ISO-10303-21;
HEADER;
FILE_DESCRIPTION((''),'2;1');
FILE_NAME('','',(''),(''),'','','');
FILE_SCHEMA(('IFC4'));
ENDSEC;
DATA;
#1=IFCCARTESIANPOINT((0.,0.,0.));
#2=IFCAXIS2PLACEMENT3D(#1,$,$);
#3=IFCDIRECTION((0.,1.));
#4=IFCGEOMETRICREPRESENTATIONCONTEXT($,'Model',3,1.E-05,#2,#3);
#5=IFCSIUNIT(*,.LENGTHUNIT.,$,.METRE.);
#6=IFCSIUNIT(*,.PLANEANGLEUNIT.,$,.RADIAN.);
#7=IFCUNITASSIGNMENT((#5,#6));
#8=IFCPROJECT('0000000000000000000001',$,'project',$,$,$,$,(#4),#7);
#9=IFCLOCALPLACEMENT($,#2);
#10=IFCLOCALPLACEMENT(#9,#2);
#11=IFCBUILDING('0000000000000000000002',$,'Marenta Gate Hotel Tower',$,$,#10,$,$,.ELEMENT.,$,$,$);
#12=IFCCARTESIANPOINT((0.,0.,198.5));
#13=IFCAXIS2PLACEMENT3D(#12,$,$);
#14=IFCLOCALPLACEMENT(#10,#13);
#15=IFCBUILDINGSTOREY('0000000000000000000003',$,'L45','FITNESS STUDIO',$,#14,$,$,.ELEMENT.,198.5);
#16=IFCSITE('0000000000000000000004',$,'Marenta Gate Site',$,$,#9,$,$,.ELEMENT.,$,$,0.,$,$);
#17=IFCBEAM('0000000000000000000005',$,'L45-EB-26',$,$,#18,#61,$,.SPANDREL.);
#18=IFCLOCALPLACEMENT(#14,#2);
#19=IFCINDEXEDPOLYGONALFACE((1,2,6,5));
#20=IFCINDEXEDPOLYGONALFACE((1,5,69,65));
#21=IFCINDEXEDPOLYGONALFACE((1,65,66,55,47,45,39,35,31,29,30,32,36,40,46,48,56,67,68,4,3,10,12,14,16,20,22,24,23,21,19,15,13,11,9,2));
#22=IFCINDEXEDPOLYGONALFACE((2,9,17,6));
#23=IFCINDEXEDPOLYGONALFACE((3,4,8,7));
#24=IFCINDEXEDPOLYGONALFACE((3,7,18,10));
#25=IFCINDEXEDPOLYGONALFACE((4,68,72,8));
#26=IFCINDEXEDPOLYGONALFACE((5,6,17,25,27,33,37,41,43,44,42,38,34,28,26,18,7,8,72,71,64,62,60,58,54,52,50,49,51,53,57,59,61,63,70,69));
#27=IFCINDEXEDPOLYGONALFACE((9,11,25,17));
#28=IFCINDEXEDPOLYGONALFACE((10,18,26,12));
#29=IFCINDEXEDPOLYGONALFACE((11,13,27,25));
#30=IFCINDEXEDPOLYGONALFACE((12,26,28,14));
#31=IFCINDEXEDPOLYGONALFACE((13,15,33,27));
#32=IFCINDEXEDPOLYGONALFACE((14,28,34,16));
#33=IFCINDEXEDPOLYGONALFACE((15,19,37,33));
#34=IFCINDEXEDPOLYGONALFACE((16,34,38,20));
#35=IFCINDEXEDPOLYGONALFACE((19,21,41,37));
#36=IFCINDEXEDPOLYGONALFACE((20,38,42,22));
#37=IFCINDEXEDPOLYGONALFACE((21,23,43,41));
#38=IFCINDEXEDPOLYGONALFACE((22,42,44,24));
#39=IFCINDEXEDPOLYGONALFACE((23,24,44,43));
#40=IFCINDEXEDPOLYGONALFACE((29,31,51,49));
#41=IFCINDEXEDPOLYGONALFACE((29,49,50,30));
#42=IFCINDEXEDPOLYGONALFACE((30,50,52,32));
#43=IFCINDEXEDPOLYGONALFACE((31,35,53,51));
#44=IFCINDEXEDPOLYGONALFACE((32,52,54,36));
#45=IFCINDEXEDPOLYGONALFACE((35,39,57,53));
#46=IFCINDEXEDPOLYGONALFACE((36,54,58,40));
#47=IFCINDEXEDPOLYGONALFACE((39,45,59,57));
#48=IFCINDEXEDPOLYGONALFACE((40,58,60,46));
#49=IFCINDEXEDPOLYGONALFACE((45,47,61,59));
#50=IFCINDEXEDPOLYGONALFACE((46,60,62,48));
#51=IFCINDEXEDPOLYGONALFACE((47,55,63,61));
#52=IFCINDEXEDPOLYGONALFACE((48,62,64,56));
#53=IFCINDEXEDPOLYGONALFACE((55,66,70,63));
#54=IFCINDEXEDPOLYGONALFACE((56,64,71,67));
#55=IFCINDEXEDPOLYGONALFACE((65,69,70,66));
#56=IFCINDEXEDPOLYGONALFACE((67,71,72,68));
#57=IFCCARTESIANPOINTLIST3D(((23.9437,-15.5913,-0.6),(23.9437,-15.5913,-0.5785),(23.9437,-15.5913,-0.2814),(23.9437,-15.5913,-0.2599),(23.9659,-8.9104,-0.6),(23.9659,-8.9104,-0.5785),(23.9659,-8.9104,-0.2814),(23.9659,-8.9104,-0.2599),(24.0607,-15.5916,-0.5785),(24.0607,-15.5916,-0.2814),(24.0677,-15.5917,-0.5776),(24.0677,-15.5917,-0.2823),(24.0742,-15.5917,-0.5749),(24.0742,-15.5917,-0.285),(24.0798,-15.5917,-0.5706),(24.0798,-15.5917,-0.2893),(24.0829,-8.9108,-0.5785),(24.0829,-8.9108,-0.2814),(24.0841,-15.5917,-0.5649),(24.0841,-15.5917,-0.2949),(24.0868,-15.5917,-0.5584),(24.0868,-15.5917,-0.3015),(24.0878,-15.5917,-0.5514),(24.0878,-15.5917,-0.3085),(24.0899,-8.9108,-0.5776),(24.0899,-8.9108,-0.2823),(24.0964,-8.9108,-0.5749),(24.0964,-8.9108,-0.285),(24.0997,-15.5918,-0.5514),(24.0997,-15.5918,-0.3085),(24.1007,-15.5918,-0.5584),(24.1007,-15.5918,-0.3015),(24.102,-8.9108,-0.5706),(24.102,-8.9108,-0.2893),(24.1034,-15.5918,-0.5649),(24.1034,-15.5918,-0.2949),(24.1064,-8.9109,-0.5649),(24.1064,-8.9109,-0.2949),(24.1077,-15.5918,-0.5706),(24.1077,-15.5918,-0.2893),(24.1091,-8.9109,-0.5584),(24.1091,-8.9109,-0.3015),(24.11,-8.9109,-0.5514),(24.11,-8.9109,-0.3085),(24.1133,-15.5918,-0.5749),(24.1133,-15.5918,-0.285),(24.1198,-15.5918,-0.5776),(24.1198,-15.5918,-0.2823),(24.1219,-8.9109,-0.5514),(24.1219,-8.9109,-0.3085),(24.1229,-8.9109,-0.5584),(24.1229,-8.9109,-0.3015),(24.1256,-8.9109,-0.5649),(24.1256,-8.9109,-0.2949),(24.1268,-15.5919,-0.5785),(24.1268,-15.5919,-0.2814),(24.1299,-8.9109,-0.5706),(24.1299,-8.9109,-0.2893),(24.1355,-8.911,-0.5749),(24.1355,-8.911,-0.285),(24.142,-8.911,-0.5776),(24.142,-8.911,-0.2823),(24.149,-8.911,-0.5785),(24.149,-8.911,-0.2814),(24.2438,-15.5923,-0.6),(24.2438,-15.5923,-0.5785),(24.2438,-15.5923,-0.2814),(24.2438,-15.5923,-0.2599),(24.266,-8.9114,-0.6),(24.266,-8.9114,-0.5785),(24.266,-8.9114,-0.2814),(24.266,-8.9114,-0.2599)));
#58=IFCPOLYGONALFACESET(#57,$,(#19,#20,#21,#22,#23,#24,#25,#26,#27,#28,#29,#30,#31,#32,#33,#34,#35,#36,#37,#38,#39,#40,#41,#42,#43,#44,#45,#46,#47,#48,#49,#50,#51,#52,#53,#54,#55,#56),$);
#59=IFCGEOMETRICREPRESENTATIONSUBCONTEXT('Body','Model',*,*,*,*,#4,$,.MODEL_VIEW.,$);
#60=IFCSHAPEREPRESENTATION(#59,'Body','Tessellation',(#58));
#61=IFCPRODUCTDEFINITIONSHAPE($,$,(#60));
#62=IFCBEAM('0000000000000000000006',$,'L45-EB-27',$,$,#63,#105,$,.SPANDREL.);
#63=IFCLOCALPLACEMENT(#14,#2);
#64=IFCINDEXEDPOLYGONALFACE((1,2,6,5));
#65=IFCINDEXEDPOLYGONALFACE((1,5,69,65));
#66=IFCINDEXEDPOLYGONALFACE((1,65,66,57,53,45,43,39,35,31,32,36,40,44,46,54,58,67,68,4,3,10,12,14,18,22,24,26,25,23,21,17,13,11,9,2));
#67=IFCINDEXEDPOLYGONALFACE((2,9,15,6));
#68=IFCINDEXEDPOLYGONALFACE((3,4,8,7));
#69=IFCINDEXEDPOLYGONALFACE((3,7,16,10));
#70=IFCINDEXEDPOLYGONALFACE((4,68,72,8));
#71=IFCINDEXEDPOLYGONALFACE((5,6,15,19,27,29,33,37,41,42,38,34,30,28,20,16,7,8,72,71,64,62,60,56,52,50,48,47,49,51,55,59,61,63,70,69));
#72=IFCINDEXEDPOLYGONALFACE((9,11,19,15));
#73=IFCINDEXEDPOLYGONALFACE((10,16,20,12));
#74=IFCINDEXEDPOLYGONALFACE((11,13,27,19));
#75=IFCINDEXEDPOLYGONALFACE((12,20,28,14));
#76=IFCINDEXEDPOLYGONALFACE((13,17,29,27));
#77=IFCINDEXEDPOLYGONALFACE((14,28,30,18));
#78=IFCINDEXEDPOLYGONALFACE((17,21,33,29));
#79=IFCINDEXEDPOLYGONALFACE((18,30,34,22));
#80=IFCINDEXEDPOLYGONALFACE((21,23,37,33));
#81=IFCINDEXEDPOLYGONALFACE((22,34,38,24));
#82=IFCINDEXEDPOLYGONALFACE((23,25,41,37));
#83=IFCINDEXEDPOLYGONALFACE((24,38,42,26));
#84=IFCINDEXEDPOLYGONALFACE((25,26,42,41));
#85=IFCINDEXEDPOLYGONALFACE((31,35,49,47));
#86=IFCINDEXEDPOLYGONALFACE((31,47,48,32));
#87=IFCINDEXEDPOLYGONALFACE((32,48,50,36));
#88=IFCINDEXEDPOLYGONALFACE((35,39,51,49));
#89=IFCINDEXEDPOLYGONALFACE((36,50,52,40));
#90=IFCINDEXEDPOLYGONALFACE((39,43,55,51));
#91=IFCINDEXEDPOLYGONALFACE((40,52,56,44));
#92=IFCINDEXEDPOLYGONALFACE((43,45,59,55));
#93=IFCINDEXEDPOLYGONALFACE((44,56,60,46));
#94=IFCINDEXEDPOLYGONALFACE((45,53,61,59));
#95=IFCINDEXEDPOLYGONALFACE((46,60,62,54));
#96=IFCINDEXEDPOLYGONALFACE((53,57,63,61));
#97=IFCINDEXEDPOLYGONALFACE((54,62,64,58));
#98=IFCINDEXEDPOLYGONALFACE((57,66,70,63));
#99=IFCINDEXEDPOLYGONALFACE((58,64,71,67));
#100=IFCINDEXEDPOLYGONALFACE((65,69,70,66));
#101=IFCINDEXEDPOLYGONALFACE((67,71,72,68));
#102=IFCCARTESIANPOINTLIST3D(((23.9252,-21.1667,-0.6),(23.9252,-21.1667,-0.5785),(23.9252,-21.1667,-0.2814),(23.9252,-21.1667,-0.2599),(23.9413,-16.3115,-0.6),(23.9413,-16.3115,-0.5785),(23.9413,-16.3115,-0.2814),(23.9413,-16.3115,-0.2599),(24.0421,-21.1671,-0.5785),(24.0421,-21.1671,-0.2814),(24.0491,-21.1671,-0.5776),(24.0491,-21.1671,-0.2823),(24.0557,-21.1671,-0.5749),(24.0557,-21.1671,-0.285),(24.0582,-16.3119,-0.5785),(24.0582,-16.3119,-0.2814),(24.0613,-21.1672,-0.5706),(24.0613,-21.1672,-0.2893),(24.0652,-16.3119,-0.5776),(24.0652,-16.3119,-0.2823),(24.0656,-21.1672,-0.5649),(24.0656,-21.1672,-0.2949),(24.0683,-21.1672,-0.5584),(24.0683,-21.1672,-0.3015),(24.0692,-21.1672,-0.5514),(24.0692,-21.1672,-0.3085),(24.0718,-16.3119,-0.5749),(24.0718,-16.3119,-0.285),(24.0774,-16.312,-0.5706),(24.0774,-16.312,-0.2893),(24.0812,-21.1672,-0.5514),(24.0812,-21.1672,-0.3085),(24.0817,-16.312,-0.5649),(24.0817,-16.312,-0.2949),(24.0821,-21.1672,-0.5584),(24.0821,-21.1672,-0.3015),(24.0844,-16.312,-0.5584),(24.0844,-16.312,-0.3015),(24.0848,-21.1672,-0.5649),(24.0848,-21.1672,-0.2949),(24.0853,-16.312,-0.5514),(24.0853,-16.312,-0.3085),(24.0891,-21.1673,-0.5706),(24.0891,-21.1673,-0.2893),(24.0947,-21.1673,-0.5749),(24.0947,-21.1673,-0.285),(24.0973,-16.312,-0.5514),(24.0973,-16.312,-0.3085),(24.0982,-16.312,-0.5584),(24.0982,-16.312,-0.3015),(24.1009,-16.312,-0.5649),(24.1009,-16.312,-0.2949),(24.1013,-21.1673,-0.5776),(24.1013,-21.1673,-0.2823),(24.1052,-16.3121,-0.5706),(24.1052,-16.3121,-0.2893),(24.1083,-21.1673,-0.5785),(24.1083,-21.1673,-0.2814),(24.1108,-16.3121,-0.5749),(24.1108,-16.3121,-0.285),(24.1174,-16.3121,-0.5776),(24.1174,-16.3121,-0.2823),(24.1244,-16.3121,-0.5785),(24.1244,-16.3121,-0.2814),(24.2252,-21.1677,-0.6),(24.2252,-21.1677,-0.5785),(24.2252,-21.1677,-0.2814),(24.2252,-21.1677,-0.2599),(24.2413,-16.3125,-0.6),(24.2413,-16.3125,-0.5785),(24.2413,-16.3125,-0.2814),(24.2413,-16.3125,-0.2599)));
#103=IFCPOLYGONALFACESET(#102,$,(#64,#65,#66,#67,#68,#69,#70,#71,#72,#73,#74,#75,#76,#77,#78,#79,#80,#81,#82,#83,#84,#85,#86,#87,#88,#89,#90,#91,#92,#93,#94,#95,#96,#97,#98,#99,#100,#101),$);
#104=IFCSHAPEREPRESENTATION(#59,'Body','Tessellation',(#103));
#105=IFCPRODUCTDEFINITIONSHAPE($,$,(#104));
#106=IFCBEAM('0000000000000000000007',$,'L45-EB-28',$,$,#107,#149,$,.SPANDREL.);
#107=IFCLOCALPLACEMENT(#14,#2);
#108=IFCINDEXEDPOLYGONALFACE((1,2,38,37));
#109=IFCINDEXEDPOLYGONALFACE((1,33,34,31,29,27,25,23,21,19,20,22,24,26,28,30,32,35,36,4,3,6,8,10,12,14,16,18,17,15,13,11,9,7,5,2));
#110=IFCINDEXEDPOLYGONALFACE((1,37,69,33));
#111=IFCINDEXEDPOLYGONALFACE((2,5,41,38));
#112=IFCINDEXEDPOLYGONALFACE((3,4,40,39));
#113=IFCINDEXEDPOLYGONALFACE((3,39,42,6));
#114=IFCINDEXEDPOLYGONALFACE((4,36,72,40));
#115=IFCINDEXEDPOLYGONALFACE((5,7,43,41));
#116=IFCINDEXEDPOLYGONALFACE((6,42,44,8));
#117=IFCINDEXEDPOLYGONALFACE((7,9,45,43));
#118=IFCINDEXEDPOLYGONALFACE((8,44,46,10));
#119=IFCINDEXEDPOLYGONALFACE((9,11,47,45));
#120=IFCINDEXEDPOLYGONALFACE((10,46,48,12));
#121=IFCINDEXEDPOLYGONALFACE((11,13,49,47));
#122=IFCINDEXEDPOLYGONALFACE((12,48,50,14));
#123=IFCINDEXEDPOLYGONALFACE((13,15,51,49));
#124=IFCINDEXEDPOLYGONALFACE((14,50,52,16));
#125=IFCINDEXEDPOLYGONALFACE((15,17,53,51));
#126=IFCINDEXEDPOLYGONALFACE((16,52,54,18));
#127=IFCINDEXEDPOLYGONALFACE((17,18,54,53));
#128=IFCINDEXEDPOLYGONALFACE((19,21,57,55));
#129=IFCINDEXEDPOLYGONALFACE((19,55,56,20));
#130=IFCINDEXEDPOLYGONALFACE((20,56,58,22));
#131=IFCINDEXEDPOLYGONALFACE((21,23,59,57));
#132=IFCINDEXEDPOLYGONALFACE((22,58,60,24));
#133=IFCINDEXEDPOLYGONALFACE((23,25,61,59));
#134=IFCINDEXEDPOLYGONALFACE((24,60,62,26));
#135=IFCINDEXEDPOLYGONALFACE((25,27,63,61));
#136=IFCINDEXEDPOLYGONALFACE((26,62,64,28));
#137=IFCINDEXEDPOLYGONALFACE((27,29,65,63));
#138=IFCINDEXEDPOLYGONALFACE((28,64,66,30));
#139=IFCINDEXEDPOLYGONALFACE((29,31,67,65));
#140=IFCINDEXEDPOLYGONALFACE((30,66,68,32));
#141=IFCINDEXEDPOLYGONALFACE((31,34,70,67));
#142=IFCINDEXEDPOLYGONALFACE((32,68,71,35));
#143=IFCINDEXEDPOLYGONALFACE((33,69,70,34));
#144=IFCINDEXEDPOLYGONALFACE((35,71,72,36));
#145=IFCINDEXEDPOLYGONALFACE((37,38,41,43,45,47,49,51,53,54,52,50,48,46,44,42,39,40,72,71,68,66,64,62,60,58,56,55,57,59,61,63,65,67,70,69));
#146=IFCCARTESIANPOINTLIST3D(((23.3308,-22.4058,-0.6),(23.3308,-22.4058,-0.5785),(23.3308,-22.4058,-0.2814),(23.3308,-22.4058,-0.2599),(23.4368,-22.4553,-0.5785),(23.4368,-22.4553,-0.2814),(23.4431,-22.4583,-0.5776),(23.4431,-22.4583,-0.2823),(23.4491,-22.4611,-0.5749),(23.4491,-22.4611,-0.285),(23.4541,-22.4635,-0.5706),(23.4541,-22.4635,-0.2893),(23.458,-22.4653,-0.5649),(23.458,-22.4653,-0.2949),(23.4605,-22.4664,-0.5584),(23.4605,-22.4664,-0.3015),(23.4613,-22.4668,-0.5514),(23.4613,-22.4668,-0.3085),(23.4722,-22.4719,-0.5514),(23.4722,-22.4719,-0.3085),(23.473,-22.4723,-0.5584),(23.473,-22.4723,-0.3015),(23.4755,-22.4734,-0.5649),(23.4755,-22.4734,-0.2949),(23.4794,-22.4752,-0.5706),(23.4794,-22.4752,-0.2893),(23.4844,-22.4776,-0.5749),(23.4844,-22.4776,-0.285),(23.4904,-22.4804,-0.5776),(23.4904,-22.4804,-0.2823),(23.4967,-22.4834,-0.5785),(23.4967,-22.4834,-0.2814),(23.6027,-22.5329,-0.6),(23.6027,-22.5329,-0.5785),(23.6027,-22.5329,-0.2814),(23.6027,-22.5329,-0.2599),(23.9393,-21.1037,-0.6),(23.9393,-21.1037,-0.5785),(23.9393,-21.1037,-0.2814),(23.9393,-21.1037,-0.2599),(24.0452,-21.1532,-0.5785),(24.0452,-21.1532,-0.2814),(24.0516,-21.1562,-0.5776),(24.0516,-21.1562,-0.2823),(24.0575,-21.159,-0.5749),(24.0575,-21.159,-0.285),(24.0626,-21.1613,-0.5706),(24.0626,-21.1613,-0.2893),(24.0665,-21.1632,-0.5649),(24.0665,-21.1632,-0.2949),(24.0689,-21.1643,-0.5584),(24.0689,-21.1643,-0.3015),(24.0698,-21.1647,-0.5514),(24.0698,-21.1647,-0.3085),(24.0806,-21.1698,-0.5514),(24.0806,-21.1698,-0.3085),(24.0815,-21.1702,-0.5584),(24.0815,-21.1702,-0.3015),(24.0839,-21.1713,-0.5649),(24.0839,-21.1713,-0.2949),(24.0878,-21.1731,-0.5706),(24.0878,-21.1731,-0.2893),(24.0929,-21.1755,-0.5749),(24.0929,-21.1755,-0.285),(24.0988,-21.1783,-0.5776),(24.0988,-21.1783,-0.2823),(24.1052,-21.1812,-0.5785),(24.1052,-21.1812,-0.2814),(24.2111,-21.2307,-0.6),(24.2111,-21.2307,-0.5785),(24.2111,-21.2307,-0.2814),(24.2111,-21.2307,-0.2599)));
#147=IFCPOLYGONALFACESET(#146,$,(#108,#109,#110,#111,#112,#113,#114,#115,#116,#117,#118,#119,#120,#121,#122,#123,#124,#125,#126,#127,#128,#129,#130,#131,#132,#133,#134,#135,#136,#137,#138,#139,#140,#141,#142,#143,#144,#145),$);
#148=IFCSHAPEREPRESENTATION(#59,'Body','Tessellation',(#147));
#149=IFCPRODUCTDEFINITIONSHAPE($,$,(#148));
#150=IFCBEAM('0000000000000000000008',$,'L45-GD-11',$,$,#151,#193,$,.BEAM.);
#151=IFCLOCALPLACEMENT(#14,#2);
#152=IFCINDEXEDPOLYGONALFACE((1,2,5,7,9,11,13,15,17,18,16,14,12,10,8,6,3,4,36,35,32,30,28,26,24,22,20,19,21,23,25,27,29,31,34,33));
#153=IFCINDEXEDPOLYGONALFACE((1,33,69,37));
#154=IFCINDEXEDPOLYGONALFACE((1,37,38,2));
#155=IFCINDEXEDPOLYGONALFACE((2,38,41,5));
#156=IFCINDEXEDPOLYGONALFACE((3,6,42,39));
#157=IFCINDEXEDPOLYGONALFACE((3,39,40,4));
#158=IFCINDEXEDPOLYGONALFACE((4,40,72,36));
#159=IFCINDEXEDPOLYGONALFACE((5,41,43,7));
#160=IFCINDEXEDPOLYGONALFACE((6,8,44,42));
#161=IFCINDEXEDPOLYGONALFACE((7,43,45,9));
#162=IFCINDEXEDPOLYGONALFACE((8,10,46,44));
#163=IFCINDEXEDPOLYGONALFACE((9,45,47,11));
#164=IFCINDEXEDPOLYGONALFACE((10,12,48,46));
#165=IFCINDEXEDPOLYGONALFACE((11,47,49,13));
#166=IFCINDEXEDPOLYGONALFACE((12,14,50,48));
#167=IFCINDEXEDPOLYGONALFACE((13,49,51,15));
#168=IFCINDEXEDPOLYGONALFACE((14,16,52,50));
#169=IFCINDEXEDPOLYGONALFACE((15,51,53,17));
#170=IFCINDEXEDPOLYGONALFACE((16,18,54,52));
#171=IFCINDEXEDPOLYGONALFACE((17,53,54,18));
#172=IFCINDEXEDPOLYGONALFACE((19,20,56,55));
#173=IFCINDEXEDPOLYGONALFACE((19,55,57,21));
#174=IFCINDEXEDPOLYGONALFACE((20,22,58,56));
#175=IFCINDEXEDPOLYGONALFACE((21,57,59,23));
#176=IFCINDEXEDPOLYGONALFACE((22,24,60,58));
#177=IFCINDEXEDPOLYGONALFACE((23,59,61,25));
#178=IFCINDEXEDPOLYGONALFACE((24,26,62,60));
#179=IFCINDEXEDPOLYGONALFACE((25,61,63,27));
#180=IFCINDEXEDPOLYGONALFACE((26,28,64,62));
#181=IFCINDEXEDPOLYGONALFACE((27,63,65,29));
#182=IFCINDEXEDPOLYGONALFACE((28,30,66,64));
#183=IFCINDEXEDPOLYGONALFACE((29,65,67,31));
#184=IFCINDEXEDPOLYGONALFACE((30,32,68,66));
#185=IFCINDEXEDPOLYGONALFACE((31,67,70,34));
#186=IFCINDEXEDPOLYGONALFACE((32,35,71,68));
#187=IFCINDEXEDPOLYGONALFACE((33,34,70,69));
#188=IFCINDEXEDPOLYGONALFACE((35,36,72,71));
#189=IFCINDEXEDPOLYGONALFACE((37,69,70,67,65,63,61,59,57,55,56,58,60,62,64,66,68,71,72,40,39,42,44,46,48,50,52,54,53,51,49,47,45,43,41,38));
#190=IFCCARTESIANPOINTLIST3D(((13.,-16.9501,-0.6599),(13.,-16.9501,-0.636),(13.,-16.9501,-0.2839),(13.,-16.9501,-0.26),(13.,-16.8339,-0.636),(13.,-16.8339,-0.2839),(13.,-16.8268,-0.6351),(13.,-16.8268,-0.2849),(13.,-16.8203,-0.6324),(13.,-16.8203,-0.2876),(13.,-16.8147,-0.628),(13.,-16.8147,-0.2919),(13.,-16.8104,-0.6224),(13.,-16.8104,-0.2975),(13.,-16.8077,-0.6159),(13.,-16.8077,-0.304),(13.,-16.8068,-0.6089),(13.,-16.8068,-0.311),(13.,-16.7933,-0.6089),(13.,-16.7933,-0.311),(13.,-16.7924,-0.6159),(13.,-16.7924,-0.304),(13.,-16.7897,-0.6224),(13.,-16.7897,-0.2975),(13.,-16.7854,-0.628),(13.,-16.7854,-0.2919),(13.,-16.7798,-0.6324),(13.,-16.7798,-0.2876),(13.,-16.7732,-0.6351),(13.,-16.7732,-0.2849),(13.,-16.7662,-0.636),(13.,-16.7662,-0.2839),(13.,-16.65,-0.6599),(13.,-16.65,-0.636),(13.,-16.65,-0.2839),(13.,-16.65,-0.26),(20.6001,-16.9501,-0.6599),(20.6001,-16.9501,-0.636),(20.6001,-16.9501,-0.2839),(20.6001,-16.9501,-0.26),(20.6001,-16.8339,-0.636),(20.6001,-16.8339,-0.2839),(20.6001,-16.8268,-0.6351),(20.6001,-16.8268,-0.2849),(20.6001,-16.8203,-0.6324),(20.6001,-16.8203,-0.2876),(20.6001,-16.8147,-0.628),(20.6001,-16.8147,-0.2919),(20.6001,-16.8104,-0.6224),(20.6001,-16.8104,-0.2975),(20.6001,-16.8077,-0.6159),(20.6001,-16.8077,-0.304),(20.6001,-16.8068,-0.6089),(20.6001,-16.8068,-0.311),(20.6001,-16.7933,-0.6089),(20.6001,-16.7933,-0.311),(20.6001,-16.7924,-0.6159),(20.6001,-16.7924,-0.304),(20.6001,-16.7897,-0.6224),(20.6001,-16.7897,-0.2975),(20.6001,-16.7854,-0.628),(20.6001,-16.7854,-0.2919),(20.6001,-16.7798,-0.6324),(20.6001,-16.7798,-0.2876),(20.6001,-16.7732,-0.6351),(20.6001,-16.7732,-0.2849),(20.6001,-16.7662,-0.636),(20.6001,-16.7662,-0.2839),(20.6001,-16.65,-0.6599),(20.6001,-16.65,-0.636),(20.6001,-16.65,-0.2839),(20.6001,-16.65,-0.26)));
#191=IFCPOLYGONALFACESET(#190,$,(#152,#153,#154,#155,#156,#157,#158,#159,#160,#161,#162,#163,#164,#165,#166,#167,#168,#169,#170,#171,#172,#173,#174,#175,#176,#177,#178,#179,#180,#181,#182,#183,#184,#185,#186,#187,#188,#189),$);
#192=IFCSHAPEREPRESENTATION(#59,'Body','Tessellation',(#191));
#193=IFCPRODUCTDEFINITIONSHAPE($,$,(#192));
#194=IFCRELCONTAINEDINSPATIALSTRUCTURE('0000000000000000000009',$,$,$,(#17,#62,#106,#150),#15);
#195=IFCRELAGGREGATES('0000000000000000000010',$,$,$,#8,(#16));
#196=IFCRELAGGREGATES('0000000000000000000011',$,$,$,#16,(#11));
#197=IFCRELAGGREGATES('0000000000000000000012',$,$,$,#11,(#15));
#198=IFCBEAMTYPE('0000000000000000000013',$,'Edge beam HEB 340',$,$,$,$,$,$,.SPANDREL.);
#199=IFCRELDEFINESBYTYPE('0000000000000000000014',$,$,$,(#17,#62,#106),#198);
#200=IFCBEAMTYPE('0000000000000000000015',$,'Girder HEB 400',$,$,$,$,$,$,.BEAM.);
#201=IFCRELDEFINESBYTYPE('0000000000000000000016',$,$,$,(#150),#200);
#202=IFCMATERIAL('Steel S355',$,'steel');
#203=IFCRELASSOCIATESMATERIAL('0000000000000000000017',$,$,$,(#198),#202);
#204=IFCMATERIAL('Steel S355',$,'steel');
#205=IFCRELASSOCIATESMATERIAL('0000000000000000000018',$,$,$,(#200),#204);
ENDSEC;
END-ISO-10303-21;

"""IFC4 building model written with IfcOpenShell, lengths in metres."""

from ifc_helpers import new_model, si_unit, direction, frame, origin, origin_2d, place, context, subcontext, project, spatial, i_section, extrude, material, material_profile, profile_set, type_object, element, save


model = new_model("IFC4")

# Units and contexts
model_context = context("Model", 3, precision=1e-05, world=origin(), true_north=direction((0.0, 1.0)))
body_context = subcontext(model_context, "Body", "Model", "MODEL_VIEW")
ifc_project = project(units=[si_unit("LENGTHUNIT", "METRE"), si_unit("PLANEANGLEUNIT", "RADIAN")], contexts=[model_context])

# Site, building, storey
site_placement = place(None, origin())
site = spatial("IfcSite", under=ifc_project, at=site_placement, Name="Marenta Gate Site", CompositionType="ELEMENT", RefElevation=0.0)
building_placement = place(site_placement, origin())
building = spatial("IfcBuilding", under=site, at=building_placement, Name="Marenta Gate Hotel Tower", CompositionType="ELEMENT")
storey_placement = place(building_placement, frame((0.0, 0.0, 198.5)))
storey = spatial("IfcBuildingStorey", under=building, at=storey_placement, Name="L45", Description="FITNESS STUDIO", CompositionType="ELEMENT", Elevation=198.5)

# Beams
ifc_material_1 = material(Name="Steel S355", Category="steel")
ifc_material_profile_1 = material_profile(ifc_material_1, i_section(OverallWidth=0.3, OverallDepth=0.3401, WebThickness=0.012, FlangeThickness=0.0215, FilletRadius=0.0271, at=origin_2d()), Name="HEB 340")
ifc_profile_set_1 = profile_set([ifc_material_profile_1], Name="Steel S355")
beam_type_1 = type_object("IfcBeamType", Name="Edge beam HEB 340", PredefinedType="SPANDREL", material=ifc_profile_set_1)
beam_1_placement = place(storey_placement, frame((24.116, -8.9109, -0.4299), z_axis=(-0.003325, -0.999994, 0.0), x_axis=(0.999994, -0.003325, 0.0)))
element("IfcBeam", 1, at=beam_1_placement, inside=storey, type_object=beam_type_1, Name="L45-EB-26", PredefinedType="SPANDREL", context=body_context, shape_type="SweptSolid", body=[
    extrude(i_section(OverallWidth=0.3, OverallDepth=0.3401, WebThickness=0.012, FlangeThickness=0.0215, FilletRadius=0.0271, at=origin_2d()), origin(), (0.0, 0.0, 1.0), 6.6809),
])
beam_2_placement = place(storey_placement, frame((24.0913, -16.312, -0.4299), z_axis=(-0.003319, -0.999994, 0.0), x_axis=(0.999994, -0.003319, 0.0)))
element("IfcBeam", 2, at=beam_2_placement, inside=storey, type_object=beam_type_1, Name="L45-EB-27", PredefinedType="SPANDREL", context=body_context, shape_type="SweptSolid", body=[
    extrude(i_section(OverallWidth=0.3, OverallDepth=0.3401, WebThickness=0.012, FlangeThickness=0.0215, FilletRadius=0.0271, at=origin_2d()), origin(), (0.0, 0.0, 1.0), 4.8552),
])
beam_3_placement = place(storey_placement, frame((24.0752, -21.1672, -0.4299), z_axis=(-0.423341, -0.90597, 0.0), x_axis=(0.90597, -0.423341, 0.0)))
element("IfcBeam", 3, at=beam_3_placement, inside=storey, type_object=beam_type_1, Name="L45-EB-28", PredefinedType="SPANDREL", context=body_context, shape_type="SweptSolid", body=[
    extrude(i_section(OverallWidth=0.3, OverallDepth=0.3401, WebThickness=0.012, FlangeThickness=0.0215, FilletRadius=0.0271, at=origin_2d()), origin(), (0.0, 0.0, 1.0), 1.4373),
])
ifc_material_2 = material(Name="Steel S355", Category="steel")
ifc_material_profile_2 = material_profile(ifc_material_2, i_section(OverallWidth=0.3, OverallDepth=0.3999, WebThickness=0.0134, FlangeThickness=0.0239, FilletRadius=0.0271, at=origin_2d()), Name="HEB 400")
ifc_profile_set_2 = profile_set([ifc_material_profile_2], Name="Steel S355")
beam_type_2 = type_object("IfcBeamType", Name="Girder HEB 400", PredefinedType="BEAM", material=ifc_profile_set_2)
beam_4_placement = place(storey_placement, frame((13.0, -16.8, -0.46), z_axis=(1.0, 0.0, 0.0), x_axis=(0.0, 1.0, 0.0)))
element("IfcBeam", 4, at=beam_4_placement, inside=storey, type_object=beam_type_2, Name="L45-GD-11", PredefinedType="BEAM", context=body_context, shape_type="SweptSolid", body=[
    extrude(i_section(OverallWidth=0.3, OverallDepth=0.3999, WebThickness=0.0134, FlangeThickness=0.0239, FilletRadius=0.0271, at=origin_2d()), origin(), (0.0, 0.0, 1.0), 7.6001),
])

save(model, "model.ifc")
